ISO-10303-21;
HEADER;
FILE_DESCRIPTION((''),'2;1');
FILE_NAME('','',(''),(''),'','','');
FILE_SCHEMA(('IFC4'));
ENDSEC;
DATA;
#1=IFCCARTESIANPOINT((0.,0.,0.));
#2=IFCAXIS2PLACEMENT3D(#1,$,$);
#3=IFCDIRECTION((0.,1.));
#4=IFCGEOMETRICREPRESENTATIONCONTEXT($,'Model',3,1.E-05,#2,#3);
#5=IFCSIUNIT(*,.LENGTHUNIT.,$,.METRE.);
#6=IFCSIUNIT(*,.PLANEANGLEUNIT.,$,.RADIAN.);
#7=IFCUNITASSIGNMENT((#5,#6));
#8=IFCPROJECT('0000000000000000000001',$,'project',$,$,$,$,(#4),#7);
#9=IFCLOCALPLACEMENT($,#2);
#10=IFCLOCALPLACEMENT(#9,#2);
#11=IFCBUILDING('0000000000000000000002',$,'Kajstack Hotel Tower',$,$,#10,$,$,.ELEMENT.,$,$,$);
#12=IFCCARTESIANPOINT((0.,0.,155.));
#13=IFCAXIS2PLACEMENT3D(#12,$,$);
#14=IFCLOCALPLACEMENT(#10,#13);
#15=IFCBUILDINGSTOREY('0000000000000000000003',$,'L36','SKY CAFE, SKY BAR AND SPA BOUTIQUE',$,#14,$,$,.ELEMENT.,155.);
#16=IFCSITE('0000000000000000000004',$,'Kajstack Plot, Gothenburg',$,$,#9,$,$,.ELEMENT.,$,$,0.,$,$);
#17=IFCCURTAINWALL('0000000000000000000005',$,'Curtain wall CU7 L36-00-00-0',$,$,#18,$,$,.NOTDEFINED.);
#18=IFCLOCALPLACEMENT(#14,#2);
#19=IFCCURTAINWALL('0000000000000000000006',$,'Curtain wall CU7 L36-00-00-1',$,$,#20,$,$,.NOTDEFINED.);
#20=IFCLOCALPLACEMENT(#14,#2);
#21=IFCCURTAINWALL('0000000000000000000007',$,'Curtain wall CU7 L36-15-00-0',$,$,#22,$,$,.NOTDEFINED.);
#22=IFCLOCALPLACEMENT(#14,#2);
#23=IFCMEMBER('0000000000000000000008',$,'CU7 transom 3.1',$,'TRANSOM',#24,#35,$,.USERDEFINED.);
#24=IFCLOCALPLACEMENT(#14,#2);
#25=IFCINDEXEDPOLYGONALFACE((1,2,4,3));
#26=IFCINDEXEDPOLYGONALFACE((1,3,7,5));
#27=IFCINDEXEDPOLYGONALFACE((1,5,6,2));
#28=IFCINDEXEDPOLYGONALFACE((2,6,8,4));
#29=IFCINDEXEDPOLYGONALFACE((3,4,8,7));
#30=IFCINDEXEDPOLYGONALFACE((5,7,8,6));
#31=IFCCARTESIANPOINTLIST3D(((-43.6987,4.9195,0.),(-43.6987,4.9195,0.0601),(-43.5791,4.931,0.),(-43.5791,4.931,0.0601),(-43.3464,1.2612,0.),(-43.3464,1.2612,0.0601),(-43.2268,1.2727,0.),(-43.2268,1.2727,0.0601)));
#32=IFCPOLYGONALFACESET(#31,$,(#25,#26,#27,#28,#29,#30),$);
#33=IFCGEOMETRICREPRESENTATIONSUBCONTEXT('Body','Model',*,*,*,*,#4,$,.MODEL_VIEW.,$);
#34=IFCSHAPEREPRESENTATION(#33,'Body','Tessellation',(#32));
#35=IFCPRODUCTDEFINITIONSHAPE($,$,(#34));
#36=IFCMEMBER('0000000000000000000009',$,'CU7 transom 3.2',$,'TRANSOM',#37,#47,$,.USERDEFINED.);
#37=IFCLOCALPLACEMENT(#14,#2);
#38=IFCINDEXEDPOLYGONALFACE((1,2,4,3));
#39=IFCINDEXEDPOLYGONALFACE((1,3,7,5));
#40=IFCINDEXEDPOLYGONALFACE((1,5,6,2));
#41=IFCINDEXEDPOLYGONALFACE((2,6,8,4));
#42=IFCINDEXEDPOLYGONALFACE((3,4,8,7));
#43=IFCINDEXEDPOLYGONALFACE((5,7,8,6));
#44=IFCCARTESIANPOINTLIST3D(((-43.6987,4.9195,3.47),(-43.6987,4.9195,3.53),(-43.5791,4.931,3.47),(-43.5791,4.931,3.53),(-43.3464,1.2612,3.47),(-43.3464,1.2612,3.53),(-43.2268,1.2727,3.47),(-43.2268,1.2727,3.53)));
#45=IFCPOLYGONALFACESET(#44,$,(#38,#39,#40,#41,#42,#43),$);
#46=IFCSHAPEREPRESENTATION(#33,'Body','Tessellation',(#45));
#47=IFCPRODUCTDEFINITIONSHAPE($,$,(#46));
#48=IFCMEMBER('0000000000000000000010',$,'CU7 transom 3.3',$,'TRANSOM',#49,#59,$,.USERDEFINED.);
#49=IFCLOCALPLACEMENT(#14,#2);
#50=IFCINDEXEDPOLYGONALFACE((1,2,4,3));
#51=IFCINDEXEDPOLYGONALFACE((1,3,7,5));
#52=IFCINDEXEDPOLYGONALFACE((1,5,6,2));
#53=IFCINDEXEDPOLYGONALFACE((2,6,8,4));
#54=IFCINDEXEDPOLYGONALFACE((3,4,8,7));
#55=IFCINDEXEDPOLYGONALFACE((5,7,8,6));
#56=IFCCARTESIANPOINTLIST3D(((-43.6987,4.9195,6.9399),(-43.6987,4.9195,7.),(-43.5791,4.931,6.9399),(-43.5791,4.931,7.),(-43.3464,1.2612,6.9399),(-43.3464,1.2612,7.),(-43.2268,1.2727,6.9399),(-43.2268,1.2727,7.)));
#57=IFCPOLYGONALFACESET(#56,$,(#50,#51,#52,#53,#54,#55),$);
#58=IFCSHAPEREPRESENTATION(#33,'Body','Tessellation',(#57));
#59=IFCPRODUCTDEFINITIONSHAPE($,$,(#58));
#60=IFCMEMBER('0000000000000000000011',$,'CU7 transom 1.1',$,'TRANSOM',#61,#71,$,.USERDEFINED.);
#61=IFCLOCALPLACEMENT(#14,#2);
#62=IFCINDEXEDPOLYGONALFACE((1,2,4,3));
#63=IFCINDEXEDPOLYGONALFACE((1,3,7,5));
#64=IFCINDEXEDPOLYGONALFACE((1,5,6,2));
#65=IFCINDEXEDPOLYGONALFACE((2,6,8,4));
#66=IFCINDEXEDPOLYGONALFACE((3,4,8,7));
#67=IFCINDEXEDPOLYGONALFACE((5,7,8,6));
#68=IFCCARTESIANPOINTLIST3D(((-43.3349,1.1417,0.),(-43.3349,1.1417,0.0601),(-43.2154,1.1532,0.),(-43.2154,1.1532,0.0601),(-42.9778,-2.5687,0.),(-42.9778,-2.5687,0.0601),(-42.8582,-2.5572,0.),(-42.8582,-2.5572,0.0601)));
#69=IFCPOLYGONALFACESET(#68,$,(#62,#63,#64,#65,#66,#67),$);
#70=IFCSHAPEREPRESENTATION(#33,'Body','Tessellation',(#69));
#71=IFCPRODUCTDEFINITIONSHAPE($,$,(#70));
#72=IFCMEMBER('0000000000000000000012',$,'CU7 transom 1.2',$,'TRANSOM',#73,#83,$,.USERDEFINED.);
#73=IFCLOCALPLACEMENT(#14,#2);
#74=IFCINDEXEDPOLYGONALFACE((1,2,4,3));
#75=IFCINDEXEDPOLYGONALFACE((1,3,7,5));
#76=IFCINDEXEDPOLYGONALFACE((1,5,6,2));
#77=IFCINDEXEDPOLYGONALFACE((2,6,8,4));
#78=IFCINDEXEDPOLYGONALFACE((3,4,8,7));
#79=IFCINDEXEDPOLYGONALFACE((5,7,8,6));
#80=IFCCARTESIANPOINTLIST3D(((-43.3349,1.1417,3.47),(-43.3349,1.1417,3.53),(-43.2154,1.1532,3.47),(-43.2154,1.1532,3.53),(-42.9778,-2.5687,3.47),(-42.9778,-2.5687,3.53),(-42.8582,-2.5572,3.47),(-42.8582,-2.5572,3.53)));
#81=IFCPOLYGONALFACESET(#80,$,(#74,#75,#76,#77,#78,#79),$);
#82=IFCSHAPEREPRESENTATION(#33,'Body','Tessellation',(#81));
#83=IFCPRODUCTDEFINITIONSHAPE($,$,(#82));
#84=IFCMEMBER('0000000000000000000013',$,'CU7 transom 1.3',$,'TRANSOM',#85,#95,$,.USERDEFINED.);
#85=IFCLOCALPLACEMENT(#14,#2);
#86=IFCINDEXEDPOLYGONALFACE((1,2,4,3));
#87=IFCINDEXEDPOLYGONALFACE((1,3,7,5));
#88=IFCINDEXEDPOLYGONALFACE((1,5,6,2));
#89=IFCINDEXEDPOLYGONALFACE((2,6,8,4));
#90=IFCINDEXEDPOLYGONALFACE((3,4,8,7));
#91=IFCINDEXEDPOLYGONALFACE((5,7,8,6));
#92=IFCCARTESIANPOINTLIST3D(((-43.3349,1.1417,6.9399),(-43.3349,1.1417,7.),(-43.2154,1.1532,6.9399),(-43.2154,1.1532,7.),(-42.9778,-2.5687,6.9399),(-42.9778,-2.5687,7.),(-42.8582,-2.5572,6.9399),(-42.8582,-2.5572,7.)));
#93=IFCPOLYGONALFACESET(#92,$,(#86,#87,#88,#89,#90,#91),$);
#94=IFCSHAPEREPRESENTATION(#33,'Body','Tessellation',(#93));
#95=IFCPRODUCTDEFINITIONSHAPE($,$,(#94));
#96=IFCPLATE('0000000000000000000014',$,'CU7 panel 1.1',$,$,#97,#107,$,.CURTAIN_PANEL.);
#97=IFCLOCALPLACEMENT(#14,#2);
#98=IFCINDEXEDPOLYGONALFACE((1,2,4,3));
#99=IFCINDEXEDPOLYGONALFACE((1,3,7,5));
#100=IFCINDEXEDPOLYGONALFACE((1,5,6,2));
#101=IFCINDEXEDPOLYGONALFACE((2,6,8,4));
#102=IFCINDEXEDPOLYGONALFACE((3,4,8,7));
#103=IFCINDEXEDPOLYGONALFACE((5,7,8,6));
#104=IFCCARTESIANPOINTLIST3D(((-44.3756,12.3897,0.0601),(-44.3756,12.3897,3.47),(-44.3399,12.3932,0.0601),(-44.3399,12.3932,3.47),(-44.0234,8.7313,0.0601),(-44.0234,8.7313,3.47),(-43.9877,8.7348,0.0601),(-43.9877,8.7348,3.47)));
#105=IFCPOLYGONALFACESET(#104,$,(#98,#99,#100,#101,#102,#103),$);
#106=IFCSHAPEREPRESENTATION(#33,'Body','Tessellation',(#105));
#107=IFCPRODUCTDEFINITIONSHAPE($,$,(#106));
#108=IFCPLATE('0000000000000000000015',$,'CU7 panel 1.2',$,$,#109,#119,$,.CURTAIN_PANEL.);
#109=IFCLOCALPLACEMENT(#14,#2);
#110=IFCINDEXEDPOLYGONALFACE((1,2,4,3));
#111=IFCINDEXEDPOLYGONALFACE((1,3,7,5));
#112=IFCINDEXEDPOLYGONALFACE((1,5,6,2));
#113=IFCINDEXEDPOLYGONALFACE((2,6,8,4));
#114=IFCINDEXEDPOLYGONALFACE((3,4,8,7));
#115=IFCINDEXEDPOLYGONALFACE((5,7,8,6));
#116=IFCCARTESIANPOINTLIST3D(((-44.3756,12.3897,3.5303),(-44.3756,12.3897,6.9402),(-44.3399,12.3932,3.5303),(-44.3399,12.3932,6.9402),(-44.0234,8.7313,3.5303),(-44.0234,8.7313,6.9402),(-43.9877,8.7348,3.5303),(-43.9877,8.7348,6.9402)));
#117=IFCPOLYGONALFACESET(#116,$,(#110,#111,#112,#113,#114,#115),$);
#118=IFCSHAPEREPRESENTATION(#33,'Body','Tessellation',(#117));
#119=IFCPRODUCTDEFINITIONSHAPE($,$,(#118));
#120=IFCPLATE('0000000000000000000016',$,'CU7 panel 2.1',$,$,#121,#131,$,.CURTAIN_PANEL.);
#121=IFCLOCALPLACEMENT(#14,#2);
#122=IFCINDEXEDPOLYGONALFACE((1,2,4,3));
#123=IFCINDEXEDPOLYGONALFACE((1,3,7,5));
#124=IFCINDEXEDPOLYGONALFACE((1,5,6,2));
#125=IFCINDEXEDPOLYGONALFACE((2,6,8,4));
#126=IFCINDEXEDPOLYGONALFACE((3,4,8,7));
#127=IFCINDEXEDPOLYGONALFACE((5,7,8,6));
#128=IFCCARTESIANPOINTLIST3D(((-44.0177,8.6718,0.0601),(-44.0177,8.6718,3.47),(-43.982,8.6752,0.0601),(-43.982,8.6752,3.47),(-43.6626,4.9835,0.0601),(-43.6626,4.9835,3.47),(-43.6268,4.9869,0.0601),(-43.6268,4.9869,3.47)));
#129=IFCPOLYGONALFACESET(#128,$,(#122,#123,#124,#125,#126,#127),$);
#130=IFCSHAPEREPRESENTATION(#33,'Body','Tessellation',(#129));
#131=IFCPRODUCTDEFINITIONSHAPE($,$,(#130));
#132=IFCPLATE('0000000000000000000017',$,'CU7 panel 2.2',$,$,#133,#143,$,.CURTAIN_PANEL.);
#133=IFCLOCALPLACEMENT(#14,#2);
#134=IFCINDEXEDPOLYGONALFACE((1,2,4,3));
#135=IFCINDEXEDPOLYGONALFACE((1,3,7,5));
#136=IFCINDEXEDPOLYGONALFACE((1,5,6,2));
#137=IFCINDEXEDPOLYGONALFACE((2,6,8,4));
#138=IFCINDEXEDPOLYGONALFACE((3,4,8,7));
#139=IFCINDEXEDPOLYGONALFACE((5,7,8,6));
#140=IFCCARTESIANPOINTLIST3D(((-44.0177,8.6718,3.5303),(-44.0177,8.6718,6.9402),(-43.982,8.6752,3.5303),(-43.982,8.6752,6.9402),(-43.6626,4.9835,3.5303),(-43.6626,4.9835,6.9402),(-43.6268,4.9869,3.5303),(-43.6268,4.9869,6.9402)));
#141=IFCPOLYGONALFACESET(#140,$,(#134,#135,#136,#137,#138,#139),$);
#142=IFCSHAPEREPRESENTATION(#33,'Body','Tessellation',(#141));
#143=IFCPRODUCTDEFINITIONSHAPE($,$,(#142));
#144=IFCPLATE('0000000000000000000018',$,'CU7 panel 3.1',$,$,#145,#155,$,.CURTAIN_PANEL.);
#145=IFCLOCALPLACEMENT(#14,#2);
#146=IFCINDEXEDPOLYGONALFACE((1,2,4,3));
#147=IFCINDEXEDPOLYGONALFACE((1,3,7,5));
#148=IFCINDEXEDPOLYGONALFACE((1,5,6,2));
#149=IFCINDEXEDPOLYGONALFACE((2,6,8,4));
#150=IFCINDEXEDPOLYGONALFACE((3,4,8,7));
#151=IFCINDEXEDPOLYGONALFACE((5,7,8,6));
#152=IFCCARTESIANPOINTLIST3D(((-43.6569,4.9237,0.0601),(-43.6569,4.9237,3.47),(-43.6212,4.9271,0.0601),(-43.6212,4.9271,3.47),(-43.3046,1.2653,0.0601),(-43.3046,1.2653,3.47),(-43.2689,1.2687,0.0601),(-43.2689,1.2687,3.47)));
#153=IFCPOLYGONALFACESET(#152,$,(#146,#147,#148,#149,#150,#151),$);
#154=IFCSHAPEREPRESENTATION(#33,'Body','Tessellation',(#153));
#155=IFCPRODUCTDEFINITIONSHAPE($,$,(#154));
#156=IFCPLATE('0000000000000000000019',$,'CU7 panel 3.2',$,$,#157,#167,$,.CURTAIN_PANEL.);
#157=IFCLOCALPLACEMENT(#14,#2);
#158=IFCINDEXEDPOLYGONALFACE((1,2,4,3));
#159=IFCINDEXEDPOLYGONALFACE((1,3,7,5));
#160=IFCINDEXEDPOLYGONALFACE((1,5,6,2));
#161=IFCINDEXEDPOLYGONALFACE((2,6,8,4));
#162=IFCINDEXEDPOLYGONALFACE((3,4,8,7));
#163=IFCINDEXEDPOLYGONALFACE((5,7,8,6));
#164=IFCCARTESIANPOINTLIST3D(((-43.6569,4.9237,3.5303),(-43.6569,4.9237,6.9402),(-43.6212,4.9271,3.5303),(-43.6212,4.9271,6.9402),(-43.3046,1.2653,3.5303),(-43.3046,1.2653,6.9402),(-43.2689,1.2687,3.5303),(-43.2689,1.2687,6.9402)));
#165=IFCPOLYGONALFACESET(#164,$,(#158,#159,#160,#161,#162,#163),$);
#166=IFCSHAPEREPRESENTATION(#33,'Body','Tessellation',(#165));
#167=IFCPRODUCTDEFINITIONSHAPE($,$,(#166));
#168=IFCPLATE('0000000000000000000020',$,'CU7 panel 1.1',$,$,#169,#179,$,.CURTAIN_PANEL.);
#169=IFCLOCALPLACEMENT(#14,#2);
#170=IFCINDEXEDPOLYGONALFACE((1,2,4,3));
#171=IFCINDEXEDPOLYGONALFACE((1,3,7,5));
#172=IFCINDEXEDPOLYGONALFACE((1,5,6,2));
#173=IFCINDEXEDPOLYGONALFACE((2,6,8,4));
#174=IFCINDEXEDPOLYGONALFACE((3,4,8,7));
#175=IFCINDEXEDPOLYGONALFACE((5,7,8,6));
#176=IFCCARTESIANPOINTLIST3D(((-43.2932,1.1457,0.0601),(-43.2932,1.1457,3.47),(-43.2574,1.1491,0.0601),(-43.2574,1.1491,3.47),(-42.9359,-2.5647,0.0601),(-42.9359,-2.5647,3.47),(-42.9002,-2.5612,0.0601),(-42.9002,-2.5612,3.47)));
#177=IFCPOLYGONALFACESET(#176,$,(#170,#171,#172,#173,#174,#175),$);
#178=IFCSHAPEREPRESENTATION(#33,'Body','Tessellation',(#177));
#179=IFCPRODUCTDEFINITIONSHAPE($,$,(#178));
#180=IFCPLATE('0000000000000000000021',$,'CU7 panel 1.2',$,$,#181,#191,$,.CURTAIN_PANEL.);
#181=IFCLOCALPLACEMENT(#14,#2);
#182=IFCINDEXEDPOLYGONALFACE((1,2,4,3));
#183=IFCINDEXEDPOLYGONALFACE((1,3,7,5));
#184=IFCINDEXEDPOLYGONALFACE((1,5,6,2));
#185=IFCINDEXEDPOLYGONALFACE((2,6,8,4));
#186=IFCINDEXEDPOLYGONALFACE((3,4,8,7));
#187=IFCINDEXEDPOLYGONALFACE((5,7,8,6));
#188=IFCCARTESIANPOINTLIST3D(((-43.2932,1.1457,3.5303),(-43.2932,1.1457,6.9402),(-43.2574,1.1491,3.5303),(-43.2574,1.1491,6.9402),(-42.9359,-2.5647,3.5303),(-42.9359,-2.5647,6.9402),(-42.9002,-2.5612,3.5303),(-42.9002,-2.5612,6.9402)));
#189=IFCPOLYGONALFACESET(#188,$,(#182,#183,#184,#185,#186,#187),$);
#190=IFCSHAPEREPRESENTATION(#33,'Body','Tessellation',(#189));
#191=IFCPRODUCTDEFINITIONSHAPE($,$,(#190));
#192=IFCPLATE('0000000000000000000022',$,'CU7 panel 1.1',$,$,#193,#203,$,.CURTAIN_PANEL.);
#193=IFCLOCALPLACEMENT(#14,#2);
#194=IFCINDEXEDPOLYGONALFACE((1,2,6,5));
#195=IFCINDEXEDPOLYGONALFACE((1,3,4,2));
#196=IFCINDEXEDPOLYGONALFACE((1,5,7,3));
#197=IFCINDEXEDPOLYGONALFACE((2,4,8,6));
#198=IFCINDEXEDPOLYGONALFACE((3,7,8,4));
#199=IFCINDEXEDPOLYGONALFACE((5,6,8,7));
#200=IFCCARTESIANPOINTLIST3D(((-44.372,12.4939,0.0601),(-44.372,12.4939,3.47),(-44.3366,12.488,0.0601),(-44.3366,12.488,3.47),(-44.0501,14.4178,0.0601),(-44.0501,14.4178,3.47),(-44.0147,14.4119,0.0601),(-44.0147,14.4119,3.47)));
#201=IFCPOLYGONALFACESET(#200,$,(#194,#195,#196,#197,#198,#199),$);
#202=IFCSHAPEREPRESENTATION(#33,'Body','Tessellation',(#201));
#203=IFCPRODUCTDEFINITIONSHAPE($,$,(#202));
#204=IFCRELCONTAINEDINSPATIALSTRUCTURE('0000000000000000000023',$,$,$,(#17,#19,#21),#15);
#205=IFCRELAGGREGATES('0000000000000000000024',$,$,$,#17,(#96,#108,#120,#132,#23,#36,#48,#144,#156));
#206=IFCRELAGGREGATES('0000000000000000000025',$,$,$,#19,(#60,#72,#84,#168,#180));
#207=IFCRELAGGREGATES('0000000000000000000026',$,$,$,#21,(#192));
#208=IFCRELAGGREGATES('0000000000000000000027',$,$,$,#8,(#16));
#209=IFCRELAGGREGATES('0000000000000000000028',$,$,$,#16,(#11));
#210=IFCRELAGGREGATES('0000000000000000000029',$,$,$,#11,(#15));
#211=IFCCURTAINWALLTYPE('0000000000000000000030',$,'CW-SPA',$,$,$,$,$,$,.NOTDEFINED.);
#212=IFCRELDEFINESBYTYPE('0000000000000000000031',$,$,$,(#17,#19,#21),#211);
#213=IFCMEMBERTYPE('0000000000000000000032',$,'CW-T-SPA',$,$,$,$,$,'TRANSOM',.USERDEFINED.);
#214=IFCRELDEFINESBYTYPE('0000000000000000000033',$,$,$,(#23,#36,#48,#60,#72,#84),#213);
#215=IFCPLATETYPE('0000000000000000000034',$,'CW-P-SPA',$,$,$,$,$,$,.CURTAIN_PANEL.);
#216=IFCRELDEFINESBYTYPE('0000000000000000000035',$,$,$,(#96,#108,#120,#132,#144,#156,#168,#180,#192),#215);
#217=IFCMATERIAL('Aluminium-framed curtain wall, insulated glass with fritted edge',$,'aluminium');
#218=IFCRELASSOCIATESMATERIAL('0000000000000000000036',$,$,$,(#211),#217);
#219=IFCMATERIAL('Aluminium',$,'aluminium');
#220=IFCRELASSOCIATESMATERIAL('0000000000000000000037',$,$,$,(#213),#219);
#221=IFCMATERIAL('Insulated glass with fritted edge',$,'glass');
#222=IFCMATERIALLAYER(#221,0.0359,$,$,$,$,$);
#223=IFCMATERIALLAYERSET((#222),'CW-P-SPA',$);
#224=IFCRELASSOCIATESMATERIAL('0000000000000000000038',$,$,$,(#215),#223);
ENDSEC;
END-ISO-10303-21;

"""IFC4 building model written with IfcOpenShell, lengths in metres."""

from ifc_helpers import new_model, si_unit, direction, frame, origin, origin_2d, place, context, subcontext, project, spatial, rectangle, extrude, material, layer, layer_set, material_profile, profile_set, type_object, element, aggregate, save


model = new_model("IFC4")

# Units and contexts
model_context = context("Model", 3, precision=1e-05, world=origin(), true_north=direction((0.0, 1.0)))
body_context = subcontext(model_context, "Body", "Model", "MODEL_VIEW")
ifc_project = project(units=[si_unit("LENGTHUNIT", "METRE"), si_unit("PLANEANGLEUNIT", "RADIAN")], contexts=[model_context])

# Site, building, storey
site_placement = place(None, origin())
site = spatial("IfcSite", under=ifc_project, at=site_placement, Name="Kajstack Plot, Gothenburg", CompositionType="ELEMENT", RefElevation=0.0)
building_placement = place(site_placement, origin())
building = spatial("IfcBuilding", under=site, at=building_placement, Name="Kajstack Hotel Tower", CompositionType="ELEMENT")
storey_placement = place(building_placement, frame((0.0, 0.0, 155.0)))
storey = spatial("IfcBuildingStorey", under=building, at=storey_placement, Name="L36", Description="SKY CAFE, SKY BAR AND SPA BOUTIQUE", CompositionType="ELEMENT", Elevation=155.0)

# Curtain wall
ifc_material_1 = material(Name="Aluminium-framed curtain wall, insulated glass with fritted edge", Category="aluminium")
curtain_wall_type = type_object("IfcCurtainWallType", Name="CW-SPA", PredefinedType="NOTDEFINED", material=ifc_material_1)
curtain_wall_1_placement = place(storey_placement, origin())
curtain_wall_1 = element("IfcCurtainWall", 1, at=curtain_wall_1_placement, inside=storey, type_object=curtain_wall_type, Name="Curtain wall CU7 L36-00-00-0", PredefinedType="NOTDEFINED")
ifc_material_2 = material(Name="Aluminium", Category="aluminium")

# Curtain walls
curtain_wall_2_placement = place(storey_placement, origin())
curtain_wall_2 = element("IfcCurtainWall", 2, at=curtain_wall_2_placement, inside=storey, type_object=curtain_wall_type, Name="Curtain wall CU7 L36-00-00-1", PredefinedType="NOTDEFINED")
curtain_wall_3_placement = place(storey_placement, origin())
curtain_wall_3 = element("IfcCurtainWall", 3, at=curtain_wall_3_placement, inside=storey, type_object=curtain_wall_type, Name="Curtain wall CU7 L36-15-00-0", PredefinedType="NOTDEFINED")

# Members
ifc_material_profile_1 = material_profile(ifc_material_2, rectangle(XDim=0.1201, YDim=0.0601, at=origin_2d()), Name="Aluminium transom 120 x 60")
ifc_profile_set_1 = profile_set([ifc_material_profile_1], Name="Aluminium")
member_type_1 = type_object("IfcMemberType", Name="CW-T-SPA", ElementType="TRANSOM", PredefinedType="USERDEFINED", material=ifc_profile_set_1)
member_1_placement = place(storey_placement, frame((-43.6389, 4.9253, 0.03), z_axis=(0.095853, -0.995396, 0.0), x_axis=(0.995396, 0.095853, 0.0)))
member_1 = element("IfcMember", 4, at=member_1_placement, type_object=member_type_1, Name="CU7 transom 3.1", ObjectType="TRANSOM", PredefinedType="USERDEFINED", context=body_context, shape_type="SweptSolid", body=[
    extrude(rectangle(XDim=0.1201, YDim=0.0601, at=origin_2d()), origin(), (0.0, 0.0, 1.0), 3.6753),
])
member_2_placement = place(storey_placement, frame((-43.6389, 4.9253, 3.5), z_axis=(0.095853, -0.995396, 0.0), x_axis=(0.995396, 0.095853, 0.0)))
member_2 = element("IfcMember", 5, at=member_2_placement, type_object=member_type_1, Name="CU7 transom 3.2", ObjectType="TRANSOM", PredefinedType="USERDEFINED", context=body_context, shape_type="SweptSolid", body=[
    extrude(rectangle(XDim=0.1201, YDim=0.0601, at=origin_2d()), origin(), (0.0, 0.0, 1.0), 3.6753),
])
member_3_placement = place(storey_placement, frame((-43.6389, 4.9253, 6.97), z_axis=(0.095853, -0.995396, 0.0), x_axis=(0.995396, 0.095853, 0.0)))
member_3 = element("IfcMember", 6, at=member_3_placement, type_object=member_type_1, Name="CU7 transom 3.3", ObjectType="TRANSOM", PredefinedType="USERDEFINED", context=body_context, shape_type="SweptSolid", body=[
    extrude(rectangle(XDim=0.1201, YDim=0.0601, at=origin_2d()), origin(), (0.0, 0.0, 1.0), 3.6753),
])
member_4_placement = place(storey_placement, frame((-43.2751, 1.1475, 0.03), z_axis=(0.09582, -0.995399, 0.0), x_axis=(0.995399, 0.09582, 0.0)))
member_4 = element("IfcMember", 7, at=member_4_placement, type_object=member_type_1, Name="CU7 transom 1.1", ObjectType="TRANSOM", PredefinedType="USERDEFINED", context=body_context, shape_type="SweptSolid", body=[
    extrude(rectangle(XDim=0.1201, YDim=0.0601, at=origin_2d()), origin(), (0.0, 0.0, 1.0), 3.7275),
])
member_5_placement = place(storey_placement, frame((-43.2751, 1.1475, 3.5), z_axis=(0.09582, -0.995399, 0.0), x_axis=(0.995399, 0.09582, 0.0)))
member_5 = element("IfcMember", 8, at=member_5_placement, type_object=member_type_1, Name="CU7 transom 1.2", ObjectType="TRANSOM", PredefinedType="USERDEFINED", context=body_context, shape_type="SweptSolid", body=[
    extrude(rectangle(XDim=0.1201, YDim=0.0601, at=origin_2d()), origin(), (0.0, 0.0, 1.0), 3.7275),
])
member_6_placement = place(storey_placement, frame((-43.2751, 1.1475, 6.97), z_axis=(0.09582, -0.995399, 0.0), x_axis=(0.995399, 0.09582, 0.0)))
member_6 = element("IfcMember", 9, at=member_6_placement, type_object=member_type_1, Name="CU7 transom 1.3", ObjectType="TRANSOM", PredefinedType="USERDEFINED", context=body_context, shape_type="SweptSolid", body=[
    extrude(rectangle(XDim=0.1201, YDim=0.0601, at=origin_2d()), origin(), (0.0, 0.0, 1.0), 3.7275),
])

# Plates
ifc_material_3 = material(Name="Insulated glass with fritted edge", Category="glass")
ifc_layer_1 = layer(ifc_material_3, 0.0359)
ifc_layer_set_1 = layer_set([ifc_layer_1], Name="CW-P-SPA")
plate_type = type_object("IfcPlateType", Name="CW-P-SPA", PredefinedType="CURTAIN_PANEL", material=ifc_layer_set_1)
plate_1_placement = place(storey_placement, frame((-44.1816, 10.5623, 0.0601), z_axis=(0.0, 0.0, 1.0), x_axis=(0.095844, -0.995396, 0.0)))
plate_1 = element("IfcPlate", 10, at=plate_1_placement, type_object=plate_type, Name="CU7 panel 1.1", PredefinedType="CURTAIN_PANEL", context=body_context, shape_type="SweptSolid", body=[
    extrude(rectangle(XDim=3.6753, YDim=0.0359, at=origin_2d()), origin(), (0.0, 0.0, 1.0), 3.4099),
])
plate_2_placement = place(storey_placement, frame((-44.1816, 10.5623, 3.5303), z_axis=(0.0, 0.0, 1.0), x_axis=(0.095844, -0.995396, 0.0)))
plate_2 = element("IfcPlate", 11, at=plate_2_placement, type_object=plate_type, Name="CU7 panel 1.2", PredefinedType="CURTAIN_PANEL", context=body_context, shape_type="SweptSolid", body=[
    extrude(rectangle(XDim=3.6753, YDim=0.0359, at=origin_2d()), origin(), (0.0, 0.0, 1.0), 3.4099),
])
plate_3_placement = place(storey_placement, frame((-43.8223, 6.8293, 0.0601), z_axis=(0.0, 0.0, 1.0), x_axis=(0.095844, -0.995396, 0.0)))
plate_3 = element("IfcPlate", 12, at=plate_3_placement, type_object=plate_type, Name="CU7 panel 2.1", PredefinedType="CURTAIN_PANEL", context=body_context, shape_type="SweptSolid", body=[
    extrude(rectangle(XDim=3.7053, YDim=0.0359, at=origin_2d()), origin(), (0.0, 0.0, 1.0), 3.4099),
])
plate_4_placement = place(storey_placement, frame((-43.8223, 6.8293, 3.5303), z_axis=(0.0, 0.0, 1.0), x_axis=(0.095844, -0.995396, 0.0)))
plate_4 = element("IfcPlate", 13, at=plate_4_placement, type_object=plate_type, Name="CU7 panel 2.2", PredefinedType="CURTAIN_PANEL", context=body_context, shape_type="SweptSolid", body=[
    extrude(rectangle(XDim=3.7053, YDim=0.0359, at=origin_2d()), origin(), (0.0, 0.0, 1.0), 3.4099),
])
plate_5_placement = place(storey_placement, frame((-43.4629, 3.0962, 0.0601), z_axis=(0.0, 0.0, 1.0), x_axis=(0.095844, -0.995396, 0.0)))
plate_5 = element("IfcPlate", 14, at=plate_5_placement, type_object=plate_type, Name="CU7 panel 3.1", PredefinedType="CURTAIN_PANEL", context=body_context, shape_type="SweptSolid", body=[
    extrude(rectangle(XDim=3.6753, YDim=0.0359, at=origin_2d()), origin(), (0.0, 0.0, 1.0), 3.4099),
])
plate_6_placement = place(storey_placement, frame((-43.4629, 3.0962, 3.5303), z_axis=(0.0, 0.0, 1.0), x_axis=(0.095844, -0.995396, 0.0)))
plate_6 = element("IfcPlate", 15, at=plate_6_placement, type_object=plate_type, Name="CU7 panel 3.2", PredefinedType="CURTAIN_PANEL", context=body_context, shape_type="SweptSolid", body=[
    extrude(rectangle(XDim=3.6753, YDim=0.0359, at=origin_2d()), origin(), (0.0, 0.0, 1.0), 3.4099),
])
aggregate(curtain_wall_1, [plate_1, plate_2, plate_3, plate_4, member_1, member_2, member_3, plate_5, plate_6])
plate_7_placement = place(storey_placement, frame((-43.0967, -0.7078, 0.0601), z_axis=(0.0, 0.0, 1.0), x_axis=(0.095844, -0.995396, 0.0)))
plate_7 = element("IfcPlate", 16, at=plate_7_placement, type_object=plate_type, Name="CU7 panel 1.1", PredefinedType="CURTAIN_PANEL", context=body_context, shape_type="SweptSolid", body=[
    extrude(rectangle(XDim=3.7275, YDim=0.0359, at=origin_2d()), origin(), (0.0, 0.0, 1.0), 3.4099),
])
plate_8_placement = place(storey_placement, frame((-43.0967, -0.7078, 3.5303), z_axis=(0.0, 0.0, 1.0), x_axis=(0.095844, -0.995396, 0.0)))
plate_8 = element("IfcPlate", 17, at=plate_8_placement, type_object=plate_type, Name="CU7 panel 1.2", PredefinedType="CURTAIN_PANEL", context=body_context, shape_type="SweptSolid", body=[
    extrude(rectangle(XDim=3.7275, YDim=0.0359, at=origin_2d()), origin(), (0.0, 0.0, 1.0), 3.4099),
])
aggregate(curtain_wall_2, [member_4, member_5, member_6, plate_7, plate_8])
plate_9_placement = place(storey_placement, frame((-44.1934, 13.4529, 0.0601), z_axis=(0.0, 0.0, 1.0), x_axis=(-0.165025, -0.986289, 0.0)))
plate_9 = element("IfcPlate", 18, at=plate_9_placement, type_object=plate_type, Name="CU7 panel 1.1", PredefinedType="CURTAIN_PANEL", context=body_context, shape_type="SweptSolid", body=[
    extrude(rectangle(XDim=1.9507, YDim=0.0359, at=origin_2d()), origin(), (0.0, 0.0, 1.0), 3.4099),
])
aggregate(curtain_wall_3, [plate_9])

save(model, "model.ifc")
